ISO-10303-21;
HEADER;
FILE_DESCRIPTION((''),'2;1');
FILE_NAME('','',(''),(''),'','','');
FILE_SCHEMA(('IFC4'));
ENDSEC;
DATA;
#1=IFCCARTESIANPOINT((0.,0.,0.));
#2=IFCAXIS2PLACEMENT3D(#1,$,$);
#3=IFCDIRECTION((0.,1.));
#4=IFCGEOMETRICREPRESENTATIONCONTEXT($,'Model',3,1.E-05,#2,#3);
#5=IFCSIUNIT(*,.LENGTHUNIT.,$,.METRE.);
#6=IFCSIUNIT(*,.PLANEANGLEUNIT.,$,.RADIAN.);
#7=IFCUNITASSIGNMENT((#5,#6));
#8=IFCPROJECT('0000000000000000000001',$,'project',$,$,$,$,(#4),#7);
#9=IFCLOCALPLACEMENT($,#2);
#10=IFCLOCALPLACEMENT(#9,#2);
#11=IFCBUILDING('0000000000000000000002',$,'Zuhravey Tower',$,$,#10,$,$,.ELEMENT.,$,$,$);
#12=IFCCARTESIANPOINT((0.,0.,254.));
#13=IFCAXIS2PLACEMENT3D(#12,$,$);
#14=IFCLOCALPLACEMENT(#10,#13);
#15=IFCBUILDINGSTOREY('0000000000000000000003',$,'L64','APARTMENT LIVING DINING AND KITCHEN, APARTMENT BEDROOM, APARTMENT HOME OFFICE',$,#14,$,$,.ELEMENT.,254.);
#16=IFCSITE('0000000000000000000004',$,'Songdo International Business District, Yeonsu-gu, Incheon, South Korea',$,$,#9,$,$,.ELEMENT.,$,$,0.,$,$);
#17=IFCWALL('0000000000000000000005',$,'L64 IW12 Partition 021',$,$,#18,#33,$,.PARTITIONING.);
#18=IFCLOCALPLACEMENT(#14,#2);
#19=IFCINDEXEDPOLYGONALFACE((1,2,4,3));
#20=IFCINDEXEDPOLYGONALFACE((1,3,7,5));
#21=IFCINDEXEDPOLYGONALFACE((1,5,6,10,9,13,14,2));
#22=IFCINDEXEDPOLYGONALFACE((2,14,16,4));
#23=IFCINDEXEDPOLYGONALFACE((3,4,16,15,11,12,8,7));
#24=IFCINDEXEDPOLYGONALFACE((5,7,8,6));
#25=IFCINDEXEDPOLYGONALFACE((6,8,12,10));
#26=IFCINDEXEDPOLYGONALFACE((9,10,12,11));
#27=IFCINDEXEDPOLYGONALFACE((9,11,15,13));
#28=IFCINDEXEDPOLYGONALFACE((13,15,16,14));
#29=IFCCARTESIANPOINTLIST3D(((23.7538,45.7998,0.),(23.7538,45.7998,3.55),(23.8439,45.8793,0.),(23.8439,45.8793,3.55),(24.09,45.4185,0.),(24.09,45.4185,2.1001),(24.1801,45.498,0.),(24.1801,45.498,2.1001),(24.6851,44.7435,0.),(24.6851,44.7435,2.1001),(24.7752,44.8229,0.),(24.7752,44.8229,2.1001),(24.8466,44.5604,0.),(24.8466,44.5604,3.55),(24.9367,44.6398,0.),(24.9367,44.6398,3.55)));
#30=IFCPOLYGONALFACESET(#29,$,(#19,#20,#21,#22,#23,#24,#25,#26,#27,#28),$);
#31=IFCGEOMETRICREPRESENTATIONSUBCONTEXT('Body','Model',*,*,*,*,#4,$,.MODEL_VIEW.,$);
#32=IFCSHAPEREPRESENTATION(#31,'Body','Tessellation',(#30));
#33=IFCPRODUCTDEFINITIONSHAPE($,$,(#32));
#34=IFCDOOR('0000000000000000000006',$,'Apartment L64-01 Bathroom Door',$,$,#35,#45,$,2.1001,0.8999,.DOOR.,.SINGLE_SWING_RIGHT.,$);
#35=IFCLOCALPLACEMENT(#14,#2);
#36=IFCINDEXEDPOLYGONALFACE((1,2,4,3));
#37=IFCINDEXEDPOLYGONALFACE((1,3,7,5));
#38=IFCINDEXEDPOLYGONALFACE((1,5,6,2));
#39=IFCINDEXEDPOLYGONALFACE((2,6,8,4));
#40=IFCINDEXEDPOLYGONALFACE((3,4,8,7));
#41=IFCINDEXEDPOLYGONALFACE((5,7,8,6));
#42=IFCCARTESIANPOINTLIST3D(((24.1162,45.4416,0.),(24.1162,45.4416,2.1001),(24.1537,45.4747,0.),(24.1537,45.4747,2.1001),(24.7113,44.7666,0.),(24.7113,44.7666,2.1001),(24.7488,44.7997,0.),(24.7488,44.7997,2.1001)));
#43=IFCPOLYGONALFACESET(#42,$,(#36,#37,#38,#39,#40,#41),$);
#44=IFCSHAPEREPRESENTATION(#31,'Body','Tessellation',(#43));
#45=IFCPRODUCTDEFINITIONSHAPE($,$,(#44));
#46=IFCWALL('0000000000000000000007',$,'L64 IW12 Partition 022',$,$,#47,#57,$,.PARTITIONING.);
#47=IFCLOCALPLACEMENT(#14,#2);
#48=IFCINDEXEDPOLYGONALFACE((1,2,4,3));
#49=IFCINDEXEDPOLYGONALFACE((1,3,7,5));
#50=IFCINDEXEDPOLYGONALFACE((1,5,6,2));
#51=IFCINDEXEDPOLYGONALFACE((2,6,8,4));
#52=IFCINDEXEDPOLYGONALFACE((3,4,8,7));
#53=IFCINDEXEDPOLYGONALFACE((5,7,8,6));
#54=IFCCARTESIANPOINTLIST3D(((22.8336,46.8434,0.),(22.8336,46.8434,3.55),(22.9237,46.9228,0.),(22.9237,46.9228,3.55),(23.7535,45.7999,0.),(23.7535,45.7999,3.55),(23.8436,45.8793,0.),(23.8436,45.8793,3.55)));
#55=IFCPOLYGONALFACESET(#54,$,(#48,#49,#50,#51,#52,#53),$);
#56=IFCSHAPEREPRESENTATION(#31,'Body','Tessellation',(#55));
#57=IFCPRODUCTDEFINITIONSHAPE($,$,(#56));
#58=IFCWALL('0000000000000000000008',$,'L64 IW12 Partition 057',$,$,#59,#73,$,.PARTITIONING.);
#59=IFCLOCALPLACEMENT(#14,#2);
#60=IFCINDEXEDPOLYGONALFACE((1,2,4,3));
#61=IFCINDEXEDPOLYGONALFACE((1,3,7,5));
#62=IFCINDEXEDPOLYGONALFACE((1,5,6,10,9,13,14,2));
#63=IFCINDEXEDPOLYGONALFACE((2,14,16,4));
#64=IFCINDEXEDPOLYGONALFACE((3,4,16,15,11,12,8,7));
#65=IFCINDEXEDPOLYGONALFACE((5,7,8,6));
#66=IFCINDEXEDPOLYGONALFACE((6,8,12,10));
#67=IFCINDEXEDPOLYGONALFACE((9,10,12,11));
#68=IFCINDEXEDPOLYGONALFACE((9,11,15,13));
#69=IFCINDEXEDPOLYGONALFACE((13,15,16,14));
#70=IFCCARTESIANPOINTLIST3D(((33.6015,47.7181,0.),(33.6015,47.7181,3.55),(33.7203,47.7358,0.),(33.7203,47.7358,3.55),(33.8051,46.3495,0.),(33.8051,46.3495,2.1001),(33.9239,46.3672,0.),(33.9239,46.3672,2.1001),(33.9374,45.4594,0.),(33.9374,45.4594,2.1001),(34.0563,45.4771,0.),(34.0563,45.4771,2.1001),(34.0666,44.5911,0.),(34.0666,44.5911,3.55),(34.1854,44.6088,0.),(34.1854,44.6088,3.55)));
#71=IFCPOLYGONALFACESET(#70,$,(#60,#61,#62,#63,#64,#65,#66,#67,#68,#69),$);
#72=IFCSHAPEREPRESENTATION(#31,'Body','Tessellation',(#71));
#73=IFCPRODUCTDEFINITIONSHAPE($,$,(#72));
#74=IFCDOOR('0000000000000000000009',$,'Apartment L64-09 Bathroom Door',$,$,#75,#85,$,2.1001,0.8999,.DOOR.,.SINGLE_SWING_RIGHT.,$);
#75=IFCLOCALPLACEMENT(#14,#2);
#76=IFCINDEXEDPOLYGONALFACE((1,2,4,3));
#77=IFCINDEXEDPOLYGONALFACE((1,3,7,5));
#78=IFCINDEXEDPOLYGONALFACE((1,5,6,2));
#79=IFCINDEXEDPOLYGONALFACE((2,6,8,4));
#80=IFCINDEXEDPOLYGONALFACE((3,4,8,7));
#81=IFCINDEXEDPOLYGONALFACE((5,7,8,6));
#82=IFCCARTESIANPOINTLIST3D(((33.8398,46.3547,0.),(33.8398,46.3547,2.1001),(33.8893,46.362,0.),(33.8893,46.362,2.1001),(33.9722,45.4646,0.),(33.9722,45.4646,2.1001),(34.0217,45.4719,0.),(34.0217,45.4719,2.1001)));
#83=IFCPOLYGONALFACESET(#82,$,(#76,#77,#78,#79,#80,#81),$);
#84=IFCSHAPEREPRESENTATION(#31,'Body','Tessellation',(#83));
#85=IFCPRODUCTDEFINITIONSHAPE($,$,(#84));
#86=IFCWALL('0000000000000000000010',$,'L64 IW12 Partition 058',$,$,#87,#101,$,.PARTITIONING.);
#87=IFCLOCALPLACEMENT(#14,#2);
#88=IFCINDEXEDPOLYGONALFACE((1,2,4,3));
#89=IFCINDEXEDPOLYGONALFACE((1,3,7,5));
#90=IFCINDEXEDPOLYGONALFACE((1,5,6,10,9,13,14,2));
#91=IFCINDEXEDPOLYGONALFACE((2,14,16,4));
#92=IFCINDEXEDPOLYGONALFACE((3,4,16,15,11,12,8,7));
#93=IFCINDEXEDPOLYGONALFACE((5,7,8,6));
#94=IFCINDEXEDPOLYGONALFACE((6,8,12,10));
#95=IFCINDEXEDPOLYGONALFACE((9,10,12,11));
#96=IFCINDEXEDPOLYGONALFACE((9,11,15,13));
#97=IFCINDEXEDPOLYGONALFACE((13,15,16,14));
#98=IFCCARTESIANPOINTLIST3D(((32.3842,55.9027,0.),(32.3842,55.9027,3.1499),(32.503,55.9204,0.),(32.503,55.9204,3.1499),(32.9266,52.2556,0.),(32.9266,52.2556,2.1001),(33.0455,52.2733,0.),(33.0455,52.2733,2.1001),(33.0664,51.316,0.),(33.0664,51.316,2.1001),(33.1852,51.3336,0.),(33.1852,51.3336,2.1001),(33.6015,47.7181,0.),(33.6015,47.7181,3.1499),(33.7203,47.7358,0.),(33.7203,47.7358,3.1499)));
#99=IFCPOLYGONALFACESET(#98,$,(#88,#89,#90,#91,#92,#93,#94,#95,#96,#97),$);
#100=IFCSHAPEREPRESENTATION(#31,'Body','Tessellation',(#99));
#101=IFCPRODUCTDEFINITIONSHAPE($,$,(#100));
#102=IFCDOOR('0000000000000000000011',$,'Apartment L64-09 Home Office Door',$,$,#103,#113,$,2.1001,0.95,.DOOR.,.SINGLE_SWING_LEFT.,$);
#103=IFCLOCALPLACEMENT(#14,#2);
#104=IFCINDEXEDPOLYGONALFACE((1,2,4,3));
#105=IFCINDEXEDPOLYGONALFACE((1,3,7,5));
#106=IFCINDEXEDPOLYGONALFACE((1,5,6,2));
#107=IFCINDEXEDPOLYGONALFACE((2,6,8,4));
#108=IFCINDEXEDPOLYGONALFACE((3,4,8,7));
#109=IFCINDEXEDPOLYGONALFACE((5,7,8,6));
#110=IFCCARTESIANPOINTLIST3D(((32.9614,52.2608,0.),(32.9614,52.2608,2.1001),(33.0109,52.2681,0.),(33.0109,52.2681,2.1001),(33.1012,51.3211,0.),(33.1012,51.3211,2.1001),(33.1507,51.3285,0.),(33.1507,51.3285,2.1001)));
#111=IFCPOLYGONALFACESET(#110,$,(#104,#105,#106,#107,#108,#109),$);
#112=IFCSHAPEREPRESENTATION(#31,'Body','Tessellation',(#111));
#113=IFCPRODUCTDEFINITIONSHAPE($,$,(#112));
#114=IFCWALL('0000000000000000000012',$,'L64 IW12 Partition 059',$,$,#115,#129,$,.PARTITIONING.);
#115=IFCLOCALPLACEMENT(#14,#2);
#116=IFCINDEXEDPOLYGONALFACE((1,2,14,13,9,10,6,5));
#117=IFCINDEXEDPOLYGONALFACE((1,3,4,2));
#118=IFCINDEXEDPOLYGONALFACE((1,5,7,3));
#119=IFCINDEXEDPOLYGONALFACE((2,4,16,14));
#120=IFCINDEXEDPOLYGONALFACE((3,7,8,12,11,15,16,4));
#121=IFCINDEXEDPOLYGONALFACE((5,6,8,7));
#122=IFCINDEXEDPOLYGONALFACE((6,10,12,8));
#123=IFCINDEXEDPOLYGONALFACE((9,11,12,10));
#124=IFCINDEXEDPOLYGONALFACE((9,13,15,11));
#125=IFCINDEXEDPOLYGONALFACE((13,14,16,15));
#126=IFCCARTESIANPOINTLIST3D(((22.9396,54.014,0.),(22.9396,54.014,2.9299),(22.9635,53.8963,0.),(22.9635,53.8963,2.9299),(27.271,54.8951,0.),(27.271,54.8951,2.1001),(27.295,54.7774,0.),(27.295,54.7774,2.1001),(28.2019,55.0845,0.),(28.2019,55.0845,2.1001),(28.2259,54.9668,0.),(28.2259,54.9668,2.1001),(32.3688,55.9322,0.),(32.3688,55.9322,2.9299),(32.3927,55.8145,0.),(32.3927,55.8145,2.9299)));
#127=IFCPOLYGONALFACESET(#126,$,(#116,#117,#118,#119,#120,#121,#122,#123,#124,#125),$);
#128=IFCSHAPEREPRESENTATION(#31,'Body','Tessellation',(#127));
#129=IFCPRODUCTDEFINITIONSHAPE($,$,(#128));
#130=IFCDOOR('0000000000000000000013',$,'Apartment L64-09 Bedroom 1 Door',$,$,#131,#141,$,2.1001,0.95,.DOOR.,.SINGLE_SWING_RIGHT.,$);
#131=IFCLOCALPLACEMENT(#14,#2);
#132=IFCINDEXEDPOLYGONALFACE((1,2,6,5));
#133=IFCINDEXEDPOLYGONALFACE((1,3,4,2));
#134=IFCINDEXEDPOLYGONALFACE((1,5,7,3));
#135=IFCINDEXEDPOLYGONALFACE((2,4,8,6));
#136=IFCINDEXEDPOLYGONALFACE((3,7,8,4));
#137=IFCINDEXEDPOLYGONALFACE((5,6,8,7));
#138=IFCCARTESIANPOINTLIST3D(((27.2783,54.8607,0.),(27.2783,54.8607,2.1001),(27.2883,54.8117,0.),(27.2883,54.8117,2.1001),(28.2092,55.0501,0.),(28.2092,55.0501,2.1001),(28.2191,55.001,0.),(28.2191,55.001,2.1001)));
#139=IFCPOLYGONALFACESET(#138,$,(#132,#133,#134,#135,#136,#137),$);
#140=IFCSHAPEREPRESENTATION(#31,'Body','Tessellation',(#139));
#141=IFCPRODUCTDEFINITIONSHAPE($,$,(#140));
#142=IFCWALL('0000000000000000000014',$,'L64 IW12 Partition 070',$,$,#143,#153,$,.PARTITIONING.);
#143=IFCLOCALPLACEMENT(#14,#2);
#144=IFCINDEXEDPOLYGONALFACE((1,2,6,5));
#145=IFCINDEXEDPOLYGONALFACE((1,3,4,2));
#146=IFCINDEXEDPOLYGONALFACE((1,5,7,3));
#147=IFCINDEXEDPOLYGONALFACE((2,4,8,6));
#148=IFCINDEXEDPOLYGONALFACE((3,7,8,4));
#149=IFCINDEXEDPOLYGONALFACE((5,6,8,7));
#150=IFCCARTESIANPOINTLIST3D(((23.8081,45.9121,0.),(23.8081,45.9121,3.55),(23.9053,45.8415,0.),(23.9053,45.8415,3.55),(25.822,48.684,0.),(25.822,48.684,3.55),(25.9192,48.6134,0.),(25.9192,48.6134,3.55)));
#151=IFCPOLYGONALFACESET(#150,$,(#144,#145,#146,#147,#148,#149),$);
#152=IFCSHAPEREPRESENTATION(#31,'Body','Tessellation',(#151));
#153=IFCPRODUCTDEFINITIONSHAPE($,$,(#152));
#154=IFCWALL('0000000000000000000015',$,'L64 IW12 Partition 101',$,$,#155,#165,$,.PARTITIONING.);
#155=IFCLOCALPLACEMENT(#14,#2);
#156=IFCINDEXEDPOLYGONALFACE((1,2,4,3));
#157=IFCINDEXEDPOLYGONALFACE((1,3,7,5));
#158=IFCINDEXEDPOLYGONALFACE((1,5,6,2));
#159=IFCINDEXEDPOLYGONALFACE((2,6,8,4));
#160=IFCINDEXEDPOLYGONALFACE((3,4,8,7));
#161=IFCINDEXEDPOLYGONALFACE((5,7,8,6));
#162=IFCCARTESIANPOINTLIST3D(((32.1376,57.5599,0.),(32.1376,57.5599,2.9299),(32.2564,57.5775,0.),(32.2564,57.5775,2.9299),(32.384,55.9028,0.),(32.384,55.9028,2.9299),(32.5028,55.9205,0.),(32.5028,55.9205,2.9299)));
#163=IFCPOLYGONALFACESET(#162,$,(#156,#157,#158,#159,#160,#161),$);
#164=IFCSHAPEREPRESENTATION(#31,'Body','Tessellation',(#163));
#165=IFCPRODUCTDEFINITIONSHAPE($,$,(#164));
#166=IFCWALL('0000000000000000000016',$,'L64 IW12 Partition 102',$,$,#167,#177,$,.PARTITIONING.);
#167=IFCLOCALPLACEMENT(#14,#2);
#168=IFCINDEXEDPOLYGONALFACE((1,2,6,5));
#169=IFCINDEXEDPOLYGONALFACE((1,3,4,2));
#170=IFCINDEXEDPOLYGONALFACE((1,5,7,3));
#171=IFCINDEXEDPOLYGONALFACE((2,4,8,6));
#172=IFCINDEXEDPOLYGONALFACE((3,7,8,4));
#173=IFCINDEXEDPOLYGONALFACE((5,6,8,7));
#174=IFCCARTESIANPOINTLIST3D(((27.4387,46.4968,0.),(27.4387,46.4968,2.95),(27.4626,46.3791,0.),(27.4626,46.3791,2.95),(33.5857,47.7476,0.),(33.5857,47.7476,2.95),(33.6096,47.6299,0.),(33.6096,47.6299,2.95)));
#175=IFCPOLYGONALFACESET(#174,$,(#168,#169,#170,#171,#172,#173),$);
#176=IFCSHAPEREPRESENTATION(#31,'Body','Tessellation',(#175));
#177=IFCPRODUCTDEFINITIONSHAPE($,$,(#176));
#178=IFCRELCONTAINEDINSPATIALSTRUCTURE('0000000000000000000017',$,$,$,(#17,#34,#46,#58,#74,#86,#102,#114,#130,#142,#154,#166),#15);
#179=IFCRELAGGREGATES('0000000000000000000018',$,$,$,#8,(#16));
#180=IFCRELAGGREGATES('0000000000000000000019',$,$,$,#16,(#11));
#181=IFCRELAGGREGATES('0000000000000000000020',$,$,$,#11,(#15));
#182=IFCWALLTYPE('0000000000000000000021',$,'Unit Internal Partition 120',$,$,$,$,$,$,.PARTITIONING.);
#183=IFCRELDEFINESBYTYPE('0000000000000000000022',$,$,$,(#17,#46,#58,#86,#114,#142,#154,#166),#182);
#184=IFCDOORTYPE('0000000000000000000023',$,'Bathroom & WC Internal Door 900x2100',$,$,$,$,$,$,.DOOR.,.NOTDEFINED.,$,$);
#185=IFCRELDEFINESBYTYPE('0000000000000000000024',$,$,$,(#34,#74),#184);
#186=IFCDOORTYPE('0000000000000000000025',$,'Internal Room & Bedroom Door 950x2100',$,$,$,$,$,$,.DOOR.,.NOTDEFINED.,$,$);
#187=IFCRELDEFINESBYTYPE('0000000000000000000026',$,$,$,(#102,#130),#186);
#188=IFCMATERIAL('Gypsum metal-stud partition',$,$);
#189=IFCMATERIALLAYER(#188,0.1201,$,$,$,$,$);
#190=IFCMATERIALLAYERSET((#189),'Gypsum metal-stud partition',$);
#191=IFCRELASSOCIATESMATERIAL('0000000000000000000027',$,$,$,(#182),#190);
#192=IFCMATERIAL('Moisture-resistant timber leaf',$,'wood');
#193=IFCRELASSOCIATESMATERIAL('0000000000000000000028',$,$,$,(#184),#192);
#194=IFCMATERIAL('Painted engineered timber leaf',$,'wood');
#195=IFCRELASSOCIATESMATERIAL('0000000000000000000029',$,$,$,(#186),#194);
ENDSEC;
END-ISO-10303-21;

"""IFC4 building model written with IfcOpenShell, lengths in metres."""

from ifc_helpers import new_model, si_unit, direction, frame, frame_2d, origin, place, context, subcontext, project, spatial, rectangle, extrude, material, layer, layer_set, type_object, element, fill, save


model = new_model("IFC4")

# Units and contexts
model_context = context("Model", 3, precision=1e-05, world=origin(), true_north=direction((0.0, 1.0)))
body_context = subcontext(model_context, "Body", "Model", "MODEL_VIEW")
ifc_project = project(units=[si_unit("LENGTHUNIT", "METRE"), si_unit("PLANEANGLEUNIT", "RADIAN")], contexts=[model_context])

# Site, building, storey
site_placement = place(None, origin())
site = spatial("IfcSite", under=ifc_project, at=site_placement, Name="Songdo International Business District, Yeonsu-gu, Incheon, South Korea", CompositionType="ELEMENT", RefElevation=0.0)
building_placement = place(site_placement, origin())
building = spatial("IfcBuilding", under=site, at=building_placement, Name="Zuhravey Tower", CompositionType="ELEMENT")
storey_placement = place(building_placement, frame((0.0, 0.0, 254.0)))
storey = spatial("IfcBuildingStorey", under=building, at=storey_placement, Name="L64", Description="APARTMENT LIVING DINING AND KITCHEN, APARTMENT BEDROOM, APARTMENT HOME OFFICE", CompositionType="ELEMENT", Elevation=254.0)

# Wall, opening, door
ifc_material_1 = material(Name="Gypsum metal-stud partition")
ifc_layer_1 = layer(ifc_material_1, 0.1201)
ifc_layer_set_1 = layer_set([ifc_layer_1], Name="Gypsum metal-stud partition")
wall_type_1 = type_object("IfcWallType", Name="Unit Internal Partition 120", PredefinedType="PARTITIONING", material=ifc_layer_set_1)
wall_1_placement = place(storey_placement, frame((24.8916, 44.6001, 0.0), z_axis=(0.0, 0.0, 1.0), x_axis=(-0.661314, 0.750109, 0.0)))
wall_1 = element("IfcWall", 1, at=wall_1_placement, inside=storey, type_object=wall_type_1, Name="L64 IW12 Partition 021", PredefinedType="PARTITIONING", context=body_context, shape_type="SweptSolid", body=[
    extrude(rectangle(XDim=1.6523, YDim=0.1201, at=frame_2d((0.8262, 0.0))), origin(), (0.0, 0.0, 1.0), 3.55),
])
opening_1_placement = place(wall_1_placement, frame((0.2441, 0.0, 0.0)))
opening_1 = element("IfcOpeningElement", 2, at=opening_1_placement, cuts=wall_1, PredefinedType="OPENING", context=body_context, shape_type="SweptSolid", body=[
    extrude(rectangle(XDim=0.8999, YDim=2.1001, at=frame_2d((0.45, 1.05))), frame((0.0, 0.072, 0.0), z_axis=(0.0, -1.0, 0.0), x_axis=(1.0, 0.0, 0.0)), (0.0, 0.0, 1.0), 0.144),
])
ifc_material_2 = material(Name="Moisture-resistant timber leaf", Category="wood")
door_type_1 = type_object("IfcDoorType", Name="Bathroom & WC Internal Door 900x2100", OperationType="NOTDEFINED", PredefinedType="DOOR", material=ifc_material_2)
door_1_placement = place(opening_1_placement, frame((0.8999, 0.0, 0.0), z_axis=(0.0, 0.0, 1.0), x_axis=(-1.0, 0.0, 0.0)))
door_1 = element("IfcDoor", 3, at=door_1_placement, inside=storey, type_object=door_type_1, Name="Apartment L64-01 Bathroom Door", OperationType="SINGLE_SWING_RIGHT", OverallHeight=2.1001, OverallWidth=0.8999, PredefinedType="DOOR", context=body_context, shape_type="SweptSolid", body=[
    extrude(rectangle(XDim=0.8999, YDim=2.1001, at=frame_2d((0.45, 1.05))), frame((0.0, 0.0249, 0.0), z_axis=(0.0, -1.0, 0.0), x_axis=(1.0, 0.0, 0.0)), (0.0, 0.0, 1.0), 0.05),
])
fill(opening_1, door_1)

# Wall
wall_2_placement = place(storey_placement, frame((23.7986, 45.8396, 0.0), z_axis=(0.0, 0.0, 1.0), x_axis=(-0.661308, 0.750114, 0.0)))
element("IfcWall", 4, at=wall_2_placement, inside=storey, type_object=wall_type_1, Name="L64 IW12 Partition 022", PredefinedType="PARTITIONING", context=body_context, shape_type="SweptSolid", body=[
    extrude(rectangle(XDim=1.3911, YDim=0.1201, at=frame_2d((0.6956, 0.0))), origin(), (0.0, 0.0, 1.0), 3.55),
])

# Walls, openings, doors
wall_3_placement = place(storey_placement, frame((34.126, 44.6001, 0.0), z_axis=(0.0, 0.0, 1.0), x_axis=(-0.147117, 0.989119, 0.0)))
wall_3 = element("IfcWall", 5, at=wall_3_placement, inside=storey, type_object=wall_type_1, Name="L64 IW12 Partition 057", PredefinedType="PARTITIONING", context=body_context, shape_type="SweptSolid", body=[
    extrude(rectangle(XDim=3.1614, YDim=0.1201, at=frame_2d((1.5806, 0.0))), origin(), (0.0, 0.0, 1.0), 3.55),
])
opening_2_placement = place(wall_3_placement, frame((0.8777, 0.0, 0.0)))
opening_2 = element("IfcOpeningElement", 6, at=opening_2_placement, cuts=wall_3, PredefinedType="OPENING", context=body_context, shape_type="SweptSolid", body=[
    extrude(rectangle(XDim=0.8999, YDim=2.1001, at=frame_2d((0.45, 1.05))), frame((0.0, 0.072, 0.0), z_axis=(0.0, -1.0, 0.0), x_axis=(1.0, 0.0, 0.0)), (0.0, 0.0, 1.0), 0.144),
])
door_2_placement = place(opening_2_placement, origin())
door_2 = element("IfcDoor", 7, at=door_2_placement, inside=storey, type_object=door_type_1, Name="Apartment L64-09 Bathroom Door", OperationType="SINGLE_SWING_RIGHT", OverallHeight=2.1001, OverallWidth=0.8999, PredefinedType="DOOR", context=body_context, shape_type="SweptSolid", body=[
    extrude(rectangle(XDim=0.8999, YDim=2.1001, at=frame_2d((0.45, 1.05))), frame((0.0, 0.0249, 0.0), z_axis=(0.0, -1.0, 0.0), x_axis=(1.0, 0.0, 0.0)), (0.0, 0.0, 1.0), 0.05),
])
fill(opening_2, door_2)
wall_4_placement = place(storey_placement, frame((33.6609, 47.7271, 0.0), z_axis=(0.0, 0.0, 1.0), x_axis=(-0.147111, 0.98912, 0.0)))
wall_4 = element("IfcWall", 8, at=wall_4_placement, inside=storey, type_object=wall_type_1, Name="L64 IW12 Partition 058", PredefinedType="PARTITIONING", context=body_context, shape_type="SweptSolid", body=[
    extrude(rectangle(XDim=8.2747, YDim=0.1201, at=frame_2d((4.1372, 0.0))), origin(), (0.0, 0.0, 1.0), 3.1499),
])
opening_3_placement = place(wall_4_placement, frame((3.6372, 0.0, 0.0)))
opening_3 = element("IfcOpeningElement", 9, at=opening_3_placement, cuts=wall_4, PredefinedType="OPENING", context=body_context, shape_type="SweptSolid", body=[
    extrude(rectangle(XDim=0.95, YDim=2.1001, at=frame_2d((0.4751, 1.05))), frame((0.0, 0.072, 0.0), z_axis=(0.0, -1.0, 0.0), x_axis=(1.0, 0.0, 0.0)), (0.0, 0.0, 1.0), 0.144),
])
ifc_material_3 = material(Name="Painted engineered timber leaf", Category="wood")
door_type_2 = type_object("IfcDoorType", Name="Internal Room & Bedroom Door 950x2100", OperationType="NOTDEFINED", PredefinedType="DOOR", material=ifc_material_3)
door_3_placement = place(opening_3_placement, origin())
door_3 = element("IfcDoor", 10, at=door_3_placement, inside=storey, type_object=door_type_2, Name="Apartment L64-09 Home Office Door", OperationType="SINGLE_SWING_LEFT", OverallHeight=2.1001, OverallWidth=0.95, PredefinedType="DOOR", context=body_context, shape_type="SweptSolid", body=[
    extrude(rectangle(XDim=0.95, YDim=2.1001, at=frame_2d((0.4751, 1.05))), frame((0.0, 0.0249, 0.0), z_axis=(0.0, -1.0, 0.0), x_axis=(1.0, 0.0, 0.0)), (0.0, 0.0, 1.0), 0.05),
])
fill(opening_3, door_3)
wall_5_placement = place(storey_placement, frame((32.3806, 55.8733, 0.0), z_axis=(0.0, 0.0, 1.0), x_axis=(-0.979928, -0.19935, 0.0)))
wall_5 = element("IfcWall", 11, at=wall_5_placement, inside=storey, type_object=wall_type_1, Name="L64 IW12 Partition 059", PredefinedType="PARTITIONING", context=body_context, shape_type="SweptSolid", body=[
    extrude(rectangle(XDim=9.6223, YDim=0.1201, at=frame_2d((4.811, 0.0))), origin(), (0.0, 0.0, 1.0), 2.9299),
])
opening_4_placement = place(wall_5_placement, frame((4.252, 0.0, 0.0)))
opening_4 = element("IfcOpeningElement", 12, at=opening_4_placement, cuts=wall_5, PredefinedType="OPENING", context=body_context, shape_type="SweptSolid", body=[
    extrude(rectangle(XDim=0.95, YDim=2.1001, at=frame_2d((0.4751, 1.05))), frame((0.0, 0.072, 0.0), z_axis=(0.0, -1.0, 0.0), x_axis=(1.0, 0.0, 0.0)), (0.0, 0.0, 1.0), 0.144),
])
door_4_placement = place(opening_4_placement, frame((0.95, 0.0, 0.0), z_axis=(0.0, 0.0, 1.0), x_axis=(-1.0, 0.0, 0.0)))
door_4 = element("IfcDoor", 13, at=door_4_placement, inside=storey, type_object=door_type_2, Name="Apartment L64-09 Bedroom 1 Door", OperationType="SINGLE_SWING_RIGHT", OverallHeight=2.1001, OverallWidth=0.95, PredefinedType="DOOR", context=body_context, shape_type="SweptSolid", body=[
    extrude(rectangle(XDim=0.95, YDim=2.1001, at=frame_2d((0.4751, 1.05))), frame((0.0, 0.0249, 0.0), z_axis=(0.0, -1.0, 0.0), x_axis=(1.0, 0.0, 0.0)), (0.0, 0.0, 1.0), 0.05),
])
fill(opening_4, door_4)

# Walls
wall_6_placement = place(storey_placement, frame((25.8706, 48.6487, 0.0), z_axis=(0.0, 0.0, 1.0), x_axis=(-0.587778, -0.809023, 0.0)))
element("IfcWall", 14, at=wall_6_placement, inside=storey, type_object=wall_type_1, Name="L64 IW12 Partition 070", PredefinedType="PARTITIONING", context=body_context, shape_type="SweptSolid", body=[
    extrude(rectangle(XDim=3.4263, YDim=0.1201, at=frame_2d((1.7131, 0.0))), origin(), (0.0, 0.0, 1.0), 3.55),
])
wall_7_placement = place(storey_placement, frame((32.4434, 55.9116, 0.0), z_axis=(0.0, 0.0, 1.0), x_axis=(-0.14705, 0.989129, 0.0)))
element("IfcWall", 15, at=wall_7_placement, inside=storey, type_object=wall_type_1, Name="L64 IW12 Partition 101", PredefinedType="PARTITIONING", context=body_context, shape_type="SweptSolid", body=[
    extrude(rectangle(XDim=1.6753, YDim=0.1201, at=frame_2d((0.8376, 0.0))), origin(), (0.0, 0.0, 1.0), 2.9299),
])
wall_8_placement = place(storey_placement, frame((33.5977, 47.6887, 0.0), z_axis=(0.0, 0.0, 1.0), x_axis=(-0.979921, -0.199386, 0.0)))
element("IfcWall", 16, at=wall_8_placement, inside=storey, type_object=wall_type_1, Name="L64 IW12 Partition 102", PredefinedType="PARTITIONING", context=body_context, shape_type="SweptSolid", body=[
    extrude(rectangle(XDim=6.2729, YDim=0.1201, at=frame_2d((3.1365, 0.0))), origin(), (0.0, 0.0, 1.0), 2.95),
])

save(model, "model.ifc")
